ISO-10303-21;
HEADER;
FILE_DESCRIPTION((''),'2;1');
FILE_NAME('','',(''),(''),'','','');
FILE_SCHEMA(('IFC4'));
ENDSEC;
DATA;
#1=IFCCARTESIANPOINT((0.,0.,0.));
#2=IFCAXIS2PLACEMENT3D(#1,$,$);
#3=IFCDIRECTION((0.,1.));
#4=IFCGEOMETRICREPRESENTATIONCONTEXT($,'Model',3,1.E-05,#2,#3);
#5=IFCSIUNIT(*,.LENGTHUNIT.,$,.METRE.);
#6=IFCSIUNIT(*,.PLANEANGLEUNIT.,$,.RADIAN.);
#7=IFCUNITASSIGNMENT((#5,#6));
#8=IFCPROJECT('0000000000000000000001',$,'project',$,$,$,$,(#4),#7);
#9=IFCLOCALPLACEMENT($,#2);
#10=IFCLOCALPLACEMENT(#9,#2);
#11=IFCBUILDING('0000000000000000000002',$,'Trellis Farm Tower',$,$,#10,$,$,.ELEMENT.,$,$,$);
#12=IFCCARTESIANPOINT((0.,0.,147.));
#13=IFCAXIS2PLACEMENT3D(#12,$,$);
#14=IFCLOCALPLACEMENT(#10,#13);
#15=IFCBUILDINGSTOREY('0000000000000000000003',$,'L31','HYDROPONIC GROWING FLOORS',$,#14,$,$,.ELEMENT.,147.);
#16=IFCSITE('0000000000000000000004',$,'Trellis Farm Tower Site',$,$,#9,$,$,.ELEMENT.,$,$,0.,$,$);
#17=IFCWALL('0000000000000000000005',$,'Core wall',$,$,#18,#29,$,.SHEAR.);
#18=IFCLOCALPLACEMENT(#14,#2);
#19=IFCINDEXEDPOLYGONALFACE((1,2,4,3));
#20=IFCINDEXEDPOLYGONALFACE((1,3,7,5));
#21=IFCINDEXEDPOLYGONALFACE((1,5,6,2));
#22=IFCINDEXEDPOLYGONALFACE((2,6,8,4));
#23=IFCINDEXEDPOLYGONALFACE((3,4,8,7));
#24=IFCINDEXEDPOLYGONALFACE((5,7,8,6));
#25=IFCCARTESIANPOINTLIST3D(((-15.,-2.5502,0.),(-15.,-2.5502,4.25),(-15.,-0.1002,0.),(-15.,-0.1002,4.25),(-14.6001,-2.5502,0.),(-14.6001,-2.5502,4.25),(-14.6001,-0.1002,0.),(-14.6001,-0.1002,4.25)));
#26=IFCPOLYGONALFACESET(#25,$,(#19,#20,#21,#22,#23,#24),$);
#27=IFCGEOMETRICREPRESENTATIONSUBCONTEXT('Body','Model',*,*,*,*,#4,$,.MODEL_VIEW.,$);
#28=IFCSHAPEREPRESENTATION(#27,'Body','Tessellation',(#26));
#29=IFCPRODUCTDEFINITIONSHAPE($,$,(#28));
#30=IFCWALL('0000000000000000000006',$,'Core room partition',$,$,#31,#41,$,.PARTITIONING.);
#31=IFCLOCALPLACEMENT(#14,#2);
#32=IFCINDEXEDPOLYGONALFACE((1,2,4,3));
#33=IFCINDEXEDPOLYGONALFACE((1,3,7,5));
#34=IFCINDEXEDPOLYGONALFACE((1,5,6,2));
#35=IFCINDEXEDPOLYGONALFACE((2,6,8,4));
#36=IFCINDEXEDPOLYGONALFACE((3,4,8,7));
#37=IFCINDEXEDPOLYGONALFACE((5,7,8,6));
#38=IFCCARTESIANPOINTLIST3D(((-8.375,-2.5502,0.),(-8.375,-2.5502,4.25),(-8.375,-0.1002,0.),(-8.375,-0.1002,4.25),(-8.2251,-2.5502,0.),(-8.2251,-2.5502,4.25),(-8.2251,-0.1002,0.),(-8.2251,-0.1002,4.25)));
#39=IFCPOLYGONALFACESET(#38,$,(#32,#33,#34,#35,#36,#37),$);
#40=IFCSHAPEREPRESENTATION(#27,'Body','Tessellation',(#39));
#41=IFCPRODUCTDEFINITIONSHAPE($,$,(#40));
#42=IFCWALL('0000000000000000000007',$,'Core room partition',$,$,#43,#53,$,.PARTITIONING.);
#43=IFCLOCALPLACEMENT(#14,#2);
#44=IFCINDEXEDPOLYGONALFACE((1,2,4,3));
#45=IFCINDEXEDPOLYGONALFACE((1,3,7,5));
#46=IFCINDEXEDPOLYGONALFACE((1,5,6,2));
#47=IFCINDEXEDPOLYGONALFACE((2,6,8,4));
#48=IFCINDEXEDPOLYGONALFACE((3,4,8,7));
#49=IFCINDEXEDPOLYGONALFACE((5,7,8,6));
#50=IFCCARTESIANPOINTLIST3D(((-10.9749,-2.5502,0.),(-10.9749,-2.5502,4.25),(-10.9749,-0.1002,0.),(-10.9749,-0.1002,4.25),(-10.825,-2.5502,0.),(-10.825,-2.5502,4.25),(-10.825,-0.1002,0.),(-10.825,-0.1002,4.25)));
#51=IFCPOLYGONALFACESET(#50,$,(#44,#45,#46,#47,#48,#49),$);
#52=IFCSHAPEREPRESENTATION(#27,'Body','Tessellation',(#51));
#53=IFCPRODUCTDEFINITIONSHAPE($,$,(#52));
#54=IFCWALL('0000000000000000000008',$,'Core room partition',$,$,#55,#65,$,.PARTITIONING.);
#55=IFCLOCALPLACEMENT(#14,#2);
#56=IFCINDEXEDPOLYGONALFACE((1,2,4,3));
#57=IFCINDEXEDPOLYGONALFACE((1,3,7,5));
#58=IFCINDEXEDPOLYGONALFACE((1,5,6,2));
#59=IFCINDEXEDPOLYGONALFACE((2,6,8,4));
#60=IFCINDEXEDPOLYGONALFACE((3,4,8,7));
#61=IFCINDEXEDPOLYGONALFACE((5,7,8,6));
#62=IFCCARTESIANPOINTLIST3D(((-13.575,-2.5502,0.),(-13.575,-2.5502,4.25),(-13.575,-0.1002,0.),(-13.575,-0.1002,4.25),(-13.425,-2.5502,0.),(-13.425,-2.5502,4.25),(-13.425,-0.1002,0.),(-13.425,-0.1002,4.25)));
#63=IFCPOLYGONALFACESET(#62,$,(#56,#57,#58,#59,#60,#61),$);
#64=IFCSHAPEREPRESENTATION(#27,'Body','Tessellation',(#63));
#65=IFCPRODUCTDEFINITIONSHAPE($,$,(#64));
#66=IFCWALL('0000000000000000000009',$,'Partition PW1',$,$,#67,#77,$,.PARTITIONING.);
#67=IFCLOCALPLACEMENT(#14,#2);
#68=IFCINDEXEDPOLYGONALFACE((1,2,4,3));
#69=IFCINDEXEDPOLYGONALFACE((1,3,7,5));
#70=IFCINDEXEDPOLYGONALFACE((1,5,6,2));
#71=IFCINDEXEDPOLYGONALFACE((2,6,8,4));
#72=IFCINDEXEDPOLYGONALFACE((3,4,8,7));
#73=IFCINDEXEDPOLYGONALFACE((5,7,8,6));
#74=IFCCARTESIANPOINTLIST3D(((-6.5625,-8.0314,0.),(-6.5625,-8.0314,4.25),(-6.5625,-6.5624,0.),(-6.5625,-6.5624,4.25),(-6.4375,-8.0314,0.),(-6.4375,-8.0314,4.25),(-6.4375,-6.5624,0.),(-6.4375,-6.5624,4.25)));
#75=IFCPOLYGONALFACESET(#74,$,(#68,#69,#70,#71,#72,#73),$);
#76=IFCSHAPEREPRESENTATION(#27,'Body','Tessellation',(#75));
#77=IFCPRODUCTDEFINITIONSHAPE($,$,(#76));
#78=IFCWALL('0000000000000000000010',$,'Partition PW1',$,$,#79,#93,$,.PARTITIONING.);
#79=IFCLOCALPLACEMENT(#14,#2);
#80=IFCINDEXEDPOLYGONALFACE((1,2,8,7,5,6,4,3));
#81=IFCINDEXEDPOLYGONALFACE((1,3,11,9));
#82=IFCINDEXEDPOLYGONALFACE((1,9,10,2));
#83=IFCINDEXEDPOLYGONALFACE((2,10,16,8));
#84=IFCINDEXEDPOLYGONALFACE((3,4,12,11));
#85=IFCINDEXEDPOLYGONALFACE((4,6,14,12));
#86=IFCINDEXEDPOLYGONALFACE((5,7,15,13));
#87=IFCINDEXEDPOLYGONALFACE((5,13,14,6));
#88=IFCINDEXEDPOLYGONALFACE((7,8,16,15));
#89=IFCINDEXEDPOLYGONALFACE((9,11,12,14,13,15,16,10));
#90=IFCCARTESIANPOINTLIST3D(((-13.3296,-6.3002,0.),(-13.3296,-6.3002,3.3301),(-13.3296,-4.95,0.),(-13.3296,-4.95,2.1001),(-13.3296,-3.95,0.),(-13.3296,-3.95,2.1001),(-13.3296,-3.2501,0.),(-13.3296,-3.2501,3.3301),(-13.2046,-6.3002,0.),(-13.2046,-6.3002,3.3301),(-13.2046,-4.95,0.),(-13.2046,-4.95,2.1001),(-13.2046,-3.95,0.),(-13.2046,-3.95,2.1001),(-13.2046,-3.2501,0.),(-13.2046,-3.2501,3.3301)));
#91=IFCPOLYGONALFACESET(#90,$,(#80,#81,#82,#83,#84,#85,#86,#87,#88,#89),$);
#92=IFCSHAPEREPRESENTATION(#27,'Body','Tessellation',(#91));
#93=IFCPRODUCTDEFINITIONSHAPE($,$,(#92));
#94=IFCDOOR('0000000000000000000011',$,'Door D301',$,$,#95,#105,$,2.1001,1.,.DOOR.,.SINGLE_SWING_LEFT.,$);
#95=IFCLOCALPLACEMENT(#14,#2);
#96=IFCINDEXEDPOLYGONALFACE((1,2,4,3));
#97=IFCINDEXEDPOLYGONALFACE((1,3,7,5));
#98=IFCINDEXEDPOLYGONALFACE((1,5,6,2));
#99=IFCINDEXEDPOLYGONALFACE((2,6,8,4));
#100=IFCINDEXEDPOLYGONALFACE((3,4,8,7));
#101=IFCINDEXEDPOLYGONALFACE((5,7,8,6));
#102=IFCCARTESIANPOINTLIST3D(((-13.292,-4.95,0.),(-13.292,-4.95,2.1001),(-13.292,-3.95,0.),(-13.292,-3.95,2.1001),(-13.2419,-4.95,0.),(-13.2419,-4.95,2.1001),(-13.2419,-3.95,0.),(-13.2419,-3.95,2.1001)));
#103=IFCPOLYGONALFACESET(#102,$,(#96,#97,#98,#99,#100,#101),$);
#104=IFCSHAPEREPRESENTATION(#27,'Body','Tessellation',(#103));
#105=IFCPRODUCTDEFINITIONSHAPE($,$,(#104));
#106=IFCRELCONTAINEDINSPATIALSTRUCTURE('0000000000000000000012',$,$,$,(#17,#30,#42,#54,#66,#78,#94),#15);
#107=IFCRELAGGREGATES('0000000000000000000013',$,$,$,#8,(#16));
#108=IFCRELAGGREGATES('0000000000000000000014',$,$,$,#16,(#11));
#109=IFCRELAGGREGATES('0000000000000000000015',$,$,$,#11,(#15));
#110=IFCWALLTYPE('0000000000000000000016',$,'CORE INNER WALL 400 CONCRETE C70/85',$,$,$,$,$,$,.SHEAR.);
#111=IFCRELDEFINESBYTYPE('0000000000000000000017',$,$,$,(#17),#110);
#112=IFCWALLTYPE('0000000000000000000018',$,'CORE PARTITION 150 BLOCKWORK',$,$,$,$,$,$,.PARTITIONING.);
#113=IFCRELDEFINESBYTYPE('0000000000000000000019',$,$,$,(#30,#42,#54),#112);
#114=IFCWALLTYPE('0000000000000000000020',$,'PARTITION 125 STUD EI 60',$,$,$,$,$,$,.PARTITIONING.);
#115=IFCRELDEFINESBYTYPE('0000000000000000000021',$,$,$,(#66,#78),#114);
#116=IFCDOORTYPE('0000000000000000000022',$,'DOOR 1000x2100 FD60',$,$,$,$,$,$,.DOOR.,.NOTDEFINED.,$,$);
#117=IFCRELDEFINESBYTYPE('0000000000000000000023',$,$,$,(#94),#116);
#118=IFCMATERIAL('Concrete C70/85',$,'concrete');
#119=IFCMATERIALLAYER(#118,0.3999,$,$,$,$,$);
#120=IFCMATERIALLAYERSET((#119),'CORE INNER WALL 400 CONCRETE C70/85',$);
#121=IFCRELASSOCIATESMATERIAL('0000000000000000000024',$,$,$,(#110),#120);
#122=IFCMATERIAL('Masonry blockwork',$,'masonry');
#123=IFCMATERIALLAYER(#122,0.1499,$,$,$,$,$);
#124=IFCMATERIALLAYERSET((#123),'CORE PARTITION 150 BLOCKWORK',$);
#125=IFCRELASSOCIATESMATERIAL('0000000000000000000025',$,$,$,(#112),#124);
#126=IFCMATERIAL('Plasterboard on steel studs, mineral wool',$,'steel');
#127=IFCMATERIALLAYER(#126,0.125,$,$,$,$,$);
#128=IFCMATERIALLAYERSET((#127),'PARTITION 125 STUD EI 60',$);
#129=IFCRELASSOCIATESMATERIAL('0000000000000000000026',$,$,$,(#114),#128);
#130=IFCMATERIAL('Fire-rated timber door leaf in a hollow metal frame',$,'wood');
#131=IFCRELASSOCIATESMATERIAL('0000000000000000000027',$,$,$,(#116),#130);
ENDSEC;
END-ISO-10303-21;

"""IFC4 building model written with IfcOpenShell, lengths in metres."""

from ifc_helpers import new_model, si_unit, direction, frame, frame_2d, origin, place, context, subcontext, project, spatial, rectangle, extrude, source, transform, mapped, material, layer, layer_set, type_object, element, fill, save


model = new_model("IFC4")

# Units and contexts
model_context = context("Model", 3, precision=1e-05, world=origin(), true_north=direction((0.0, 1.0)))
body_context = subcontext(model_context, "Body", "Model", "MODEL_VIEW")
ifc_project = project(units=[si_unit("LENGTHUNIT", "METRE"), si_unit("PLANEANGLEUNIT", "RADIAN")], contexts=[model_context])

# Site, building, storey
site_placement = place(None, origin())
site = spatial("IfcSite", under=ifc_project, at=site_placement, Name="Trellis Farm Tower Site", CompositionType="ELEMENT", RefElevation=0.0)
building_placement = place(site_placement, origin())
building = spatial("IfcBuilding", under=site, at=building_placement, Name="Trellis Farm Tower", CompositionType="ELEMENT")
storey_placement = place(building_placement, frame((0.0, 0.0, 147.0)))
storey = spatial("IfcBuildingStorey", under=building, at=storey_placement, Name="L31", Description="HYDROPONIC GROWING FLOORS", CompositionType="ELEMENT", Elevation=147.0)

# Wall
ifc_material_1 = material(Name="Concrete C70/85", Category="concrete")
ifc_layer_1 = layer(ifc_material_1, 0.3999)
ifc_layer_set_1 = layer_set([ifc_layer_1], Name="CORE INNER WALL 400 CONCRETE C70/85")
wall_type_1 = type_object("IfcWallType", Name="CORE INNER WALL 400 CONCRETE C70/85", PredefinedType="SHEAR", material=ifc_layer_set_1)
shared_shape_1 = source(origin(), body_context, "Body", "SweptSolid", [
    extrude(rectangle(XDim=2.45, YDim=0.3999, at=frame_2d((1.2251, 0.0))), origin(), (0.0, 0.0, 1.0), 4.25),
])
for number, where, z_axis, x_axis, name in (
    (1, (-14.8, -0.1001, 0.0), (0.0, 0.0, 1.0), (0.0, -1.0, 0.0), "Core wall"),
):
    element("IfcWall", number, at=place(storey_placement, frame(where, z_axis=z_axis, x_axis=x_axis)), inside=storey, type_object=wall_type_1, Name=name, PredefinedType="SHEAR", context=body_context, shape_type="MappedRepresentation", body=[
        mapped(shared_shape_1, transform((0.0, 0.0, 0.0))),
    ])

# Walls
ifc_material_2 = material(Name="Masonry blockwork", Category="masonry")
ifc_layer_2 = layer(ifc_material_2, 0.1499)
ifc_layer_set_2 = layer_set([ifc_layer_2], Name="CORE PARTITION 150 BLOCKWORK")
wall_type_2 = type_object("IfcWallType", Name="CORE PARTITION 150 BLOCKWORK", PredefinedType="PARTITIONING", material=ifc_layer_set_2)
shared_shape_2 = source(origin(), body_context, "Body", "SweptSolid", [
    extrude(rectangle(XDim=2.45, YDim=0.1499, at=frame_2d((1.2251, 0.0))), origin(), (0.0, 0.0, 1.0), 4.25),
])
for number, where, z_axis, x_axis, name in (
    (2, (-8.3, -0.1001, 0.0), (0.0, 0.0, 1.0), (0.0, -1.0, 0.0), "Core room partition"),
    (3, (-10.8999, -0.1001, 0.0), (0.0, 0.0, 1.0), (0.0, -1.0, 0.0), "Core room partition"),
    (4, (-13.5, -0.1001, 0.0), (0.0, 0.0, 1.0), (0.0, -1.0, 0.0), "Core room partition"),
):
    element("IfcWall", number, at=place(storey_placement, frame(where, z_axis=z_axis, x_axis=x_axis)), inside=storey, type_object=wall_type_2, Name=name, PredefinedType="PARTITIONING", context=body_context, shape_type="MappedRepresentation", body=[
        mapped(shared_shape_2, transform((0.0, 0.0, 0.0))),
    ])
ifc_material_3 = material(Name="Plasterboard on steel studs, mineral wool", Category="steel")
ifc_layer_3 = layer(ifc_material_3, 0.125)
ifc_layer_set_3 = layer_set([ifc_layer_3], Name="PARTITION 125 STUD EI 60")
wall_type_3 = type_object("IfcWallType", Name="PARTITION 125 STUD EI 60", PredefinedType="PARTITIONING", material=ifc_layer_set_3)
shared_shape_3 = source(origin(), body_context, "Body", "SweptSolid", [
    extrude(rectangle(XDim=1.469, YDim=0.125, at=frame_2d((0.7344, 0.0))), origin(), (0.0, 0.0, 1.0), 4.25),
])
wall_1_placement = place(storey_placement, frame((-6.5, -6.5625, 0.0), z_axis=(0.0, 0.0, 1.0), x_axis=(0.0, -1.0, 0.0)))
element("IfcWall", 5, at=wall_1_placement, inside=storey, type_object=wall_type_3, Name="Partition PW1", PredefinedType="PARTITIONING", context=body_context, shape_type="MappedRepresentation", body=[
    mapped(shared_shape_3, transform((0.0, 0.0, 0.0))),
])

# Wall, opening, door
shared_shape_4 = source(origin(), body_context, "Body", "SweptSolid", [
    extrude(rectangle(XDim=3.05, YDim=0.125, at=frame_2d((1.5249, 0.0))), origin(), (0.0, 0.0, 1.0), 3.3301),
])
wall_2_placement = place(storey_placement, frame((-13.2671, -6.3, 0.0), z_axis=(0.0, 0.0, 1.0), x_axis=(0.0, 1.0, 0.0)))
wall_2 = element("IfcWall", 6, at=wall_2_placement, inside=storey, type_object=wall_type_3, Name="Partition PW1", PredefinedType="PARTITIONING", context=body_context, shape_type="MappedRepresentation", body=[
    mapped(shared_shape_4, transform((0.0, 0.0, 0.0))),
])
shared_shape_5 = source(origin(), body_context, "Body", "SweptSolid", [
    extrude(rectangle(XDim=1.0, YDim=2.1001, at=frame_2d((0.5, 1.05))), frame((0.0, 0.0725, 0.0), z_axis=(0.0, -1.0, 0.0), x_axis=(1.0, 0.0, 0.0)), (0.0, 0.0, 1.0), 0.145),
])
opening_1_placement = place(wall_2_placement, frame((1.3501, 0.0, 0.0)))
opening_1 = element("IfcOpeningElement", 7, at=opening_1_placement, cuts=wall_2, PredefinedType="OPENING", context=body_context, shape_type="MappedRepresentation", body=[
    mapped(shared_shape_5, transform((0.0, 0.0, 0.0))),
])
ifc_material_4 = material(Name="Fire-rated timber door leaf in a hollow metal frame", Category="wood")
door_type_1 = type_object("IfcDoorType", Name="DOOR 1000x2100 FD60", OperationType="NOTDEFINED", PredefinedType="DOOR", material=ifc_material_4)
shared_shape_6 = source(origin(), body_context, "Body", "SweptSolid", [
    extrude(rectangle(XDim=1.0, YDim=2.1001, at=frame_2d((0.5, 1.05))), frame((0.0, 0.0249, 0.0), z_axis=(0.0, -1.0, 0.0), x_axis=(1.0, 0.0, 0.0)), (0.0, 0.0, 1.0), 0.05),
])
door_1_placement = place(opening_1_placement, origin())
door_1 = element("IfcDoor", 8, at=door_1_placement, inside=storey, type_object=door_type_1, Name="Door D301", OperationType="SINGLE_SWING_LEFT", OverallHeight=2.1001, OverallWidth=1.0, PredefinedType="DOOR", context=body_context, shape_type="MappedRepresentation", body=[
    mapped(shared_shape_6, transform((0.0, 0.0, 0.0))),
])
fill(opening_1, door_1)

save(model, "model.ifc")
